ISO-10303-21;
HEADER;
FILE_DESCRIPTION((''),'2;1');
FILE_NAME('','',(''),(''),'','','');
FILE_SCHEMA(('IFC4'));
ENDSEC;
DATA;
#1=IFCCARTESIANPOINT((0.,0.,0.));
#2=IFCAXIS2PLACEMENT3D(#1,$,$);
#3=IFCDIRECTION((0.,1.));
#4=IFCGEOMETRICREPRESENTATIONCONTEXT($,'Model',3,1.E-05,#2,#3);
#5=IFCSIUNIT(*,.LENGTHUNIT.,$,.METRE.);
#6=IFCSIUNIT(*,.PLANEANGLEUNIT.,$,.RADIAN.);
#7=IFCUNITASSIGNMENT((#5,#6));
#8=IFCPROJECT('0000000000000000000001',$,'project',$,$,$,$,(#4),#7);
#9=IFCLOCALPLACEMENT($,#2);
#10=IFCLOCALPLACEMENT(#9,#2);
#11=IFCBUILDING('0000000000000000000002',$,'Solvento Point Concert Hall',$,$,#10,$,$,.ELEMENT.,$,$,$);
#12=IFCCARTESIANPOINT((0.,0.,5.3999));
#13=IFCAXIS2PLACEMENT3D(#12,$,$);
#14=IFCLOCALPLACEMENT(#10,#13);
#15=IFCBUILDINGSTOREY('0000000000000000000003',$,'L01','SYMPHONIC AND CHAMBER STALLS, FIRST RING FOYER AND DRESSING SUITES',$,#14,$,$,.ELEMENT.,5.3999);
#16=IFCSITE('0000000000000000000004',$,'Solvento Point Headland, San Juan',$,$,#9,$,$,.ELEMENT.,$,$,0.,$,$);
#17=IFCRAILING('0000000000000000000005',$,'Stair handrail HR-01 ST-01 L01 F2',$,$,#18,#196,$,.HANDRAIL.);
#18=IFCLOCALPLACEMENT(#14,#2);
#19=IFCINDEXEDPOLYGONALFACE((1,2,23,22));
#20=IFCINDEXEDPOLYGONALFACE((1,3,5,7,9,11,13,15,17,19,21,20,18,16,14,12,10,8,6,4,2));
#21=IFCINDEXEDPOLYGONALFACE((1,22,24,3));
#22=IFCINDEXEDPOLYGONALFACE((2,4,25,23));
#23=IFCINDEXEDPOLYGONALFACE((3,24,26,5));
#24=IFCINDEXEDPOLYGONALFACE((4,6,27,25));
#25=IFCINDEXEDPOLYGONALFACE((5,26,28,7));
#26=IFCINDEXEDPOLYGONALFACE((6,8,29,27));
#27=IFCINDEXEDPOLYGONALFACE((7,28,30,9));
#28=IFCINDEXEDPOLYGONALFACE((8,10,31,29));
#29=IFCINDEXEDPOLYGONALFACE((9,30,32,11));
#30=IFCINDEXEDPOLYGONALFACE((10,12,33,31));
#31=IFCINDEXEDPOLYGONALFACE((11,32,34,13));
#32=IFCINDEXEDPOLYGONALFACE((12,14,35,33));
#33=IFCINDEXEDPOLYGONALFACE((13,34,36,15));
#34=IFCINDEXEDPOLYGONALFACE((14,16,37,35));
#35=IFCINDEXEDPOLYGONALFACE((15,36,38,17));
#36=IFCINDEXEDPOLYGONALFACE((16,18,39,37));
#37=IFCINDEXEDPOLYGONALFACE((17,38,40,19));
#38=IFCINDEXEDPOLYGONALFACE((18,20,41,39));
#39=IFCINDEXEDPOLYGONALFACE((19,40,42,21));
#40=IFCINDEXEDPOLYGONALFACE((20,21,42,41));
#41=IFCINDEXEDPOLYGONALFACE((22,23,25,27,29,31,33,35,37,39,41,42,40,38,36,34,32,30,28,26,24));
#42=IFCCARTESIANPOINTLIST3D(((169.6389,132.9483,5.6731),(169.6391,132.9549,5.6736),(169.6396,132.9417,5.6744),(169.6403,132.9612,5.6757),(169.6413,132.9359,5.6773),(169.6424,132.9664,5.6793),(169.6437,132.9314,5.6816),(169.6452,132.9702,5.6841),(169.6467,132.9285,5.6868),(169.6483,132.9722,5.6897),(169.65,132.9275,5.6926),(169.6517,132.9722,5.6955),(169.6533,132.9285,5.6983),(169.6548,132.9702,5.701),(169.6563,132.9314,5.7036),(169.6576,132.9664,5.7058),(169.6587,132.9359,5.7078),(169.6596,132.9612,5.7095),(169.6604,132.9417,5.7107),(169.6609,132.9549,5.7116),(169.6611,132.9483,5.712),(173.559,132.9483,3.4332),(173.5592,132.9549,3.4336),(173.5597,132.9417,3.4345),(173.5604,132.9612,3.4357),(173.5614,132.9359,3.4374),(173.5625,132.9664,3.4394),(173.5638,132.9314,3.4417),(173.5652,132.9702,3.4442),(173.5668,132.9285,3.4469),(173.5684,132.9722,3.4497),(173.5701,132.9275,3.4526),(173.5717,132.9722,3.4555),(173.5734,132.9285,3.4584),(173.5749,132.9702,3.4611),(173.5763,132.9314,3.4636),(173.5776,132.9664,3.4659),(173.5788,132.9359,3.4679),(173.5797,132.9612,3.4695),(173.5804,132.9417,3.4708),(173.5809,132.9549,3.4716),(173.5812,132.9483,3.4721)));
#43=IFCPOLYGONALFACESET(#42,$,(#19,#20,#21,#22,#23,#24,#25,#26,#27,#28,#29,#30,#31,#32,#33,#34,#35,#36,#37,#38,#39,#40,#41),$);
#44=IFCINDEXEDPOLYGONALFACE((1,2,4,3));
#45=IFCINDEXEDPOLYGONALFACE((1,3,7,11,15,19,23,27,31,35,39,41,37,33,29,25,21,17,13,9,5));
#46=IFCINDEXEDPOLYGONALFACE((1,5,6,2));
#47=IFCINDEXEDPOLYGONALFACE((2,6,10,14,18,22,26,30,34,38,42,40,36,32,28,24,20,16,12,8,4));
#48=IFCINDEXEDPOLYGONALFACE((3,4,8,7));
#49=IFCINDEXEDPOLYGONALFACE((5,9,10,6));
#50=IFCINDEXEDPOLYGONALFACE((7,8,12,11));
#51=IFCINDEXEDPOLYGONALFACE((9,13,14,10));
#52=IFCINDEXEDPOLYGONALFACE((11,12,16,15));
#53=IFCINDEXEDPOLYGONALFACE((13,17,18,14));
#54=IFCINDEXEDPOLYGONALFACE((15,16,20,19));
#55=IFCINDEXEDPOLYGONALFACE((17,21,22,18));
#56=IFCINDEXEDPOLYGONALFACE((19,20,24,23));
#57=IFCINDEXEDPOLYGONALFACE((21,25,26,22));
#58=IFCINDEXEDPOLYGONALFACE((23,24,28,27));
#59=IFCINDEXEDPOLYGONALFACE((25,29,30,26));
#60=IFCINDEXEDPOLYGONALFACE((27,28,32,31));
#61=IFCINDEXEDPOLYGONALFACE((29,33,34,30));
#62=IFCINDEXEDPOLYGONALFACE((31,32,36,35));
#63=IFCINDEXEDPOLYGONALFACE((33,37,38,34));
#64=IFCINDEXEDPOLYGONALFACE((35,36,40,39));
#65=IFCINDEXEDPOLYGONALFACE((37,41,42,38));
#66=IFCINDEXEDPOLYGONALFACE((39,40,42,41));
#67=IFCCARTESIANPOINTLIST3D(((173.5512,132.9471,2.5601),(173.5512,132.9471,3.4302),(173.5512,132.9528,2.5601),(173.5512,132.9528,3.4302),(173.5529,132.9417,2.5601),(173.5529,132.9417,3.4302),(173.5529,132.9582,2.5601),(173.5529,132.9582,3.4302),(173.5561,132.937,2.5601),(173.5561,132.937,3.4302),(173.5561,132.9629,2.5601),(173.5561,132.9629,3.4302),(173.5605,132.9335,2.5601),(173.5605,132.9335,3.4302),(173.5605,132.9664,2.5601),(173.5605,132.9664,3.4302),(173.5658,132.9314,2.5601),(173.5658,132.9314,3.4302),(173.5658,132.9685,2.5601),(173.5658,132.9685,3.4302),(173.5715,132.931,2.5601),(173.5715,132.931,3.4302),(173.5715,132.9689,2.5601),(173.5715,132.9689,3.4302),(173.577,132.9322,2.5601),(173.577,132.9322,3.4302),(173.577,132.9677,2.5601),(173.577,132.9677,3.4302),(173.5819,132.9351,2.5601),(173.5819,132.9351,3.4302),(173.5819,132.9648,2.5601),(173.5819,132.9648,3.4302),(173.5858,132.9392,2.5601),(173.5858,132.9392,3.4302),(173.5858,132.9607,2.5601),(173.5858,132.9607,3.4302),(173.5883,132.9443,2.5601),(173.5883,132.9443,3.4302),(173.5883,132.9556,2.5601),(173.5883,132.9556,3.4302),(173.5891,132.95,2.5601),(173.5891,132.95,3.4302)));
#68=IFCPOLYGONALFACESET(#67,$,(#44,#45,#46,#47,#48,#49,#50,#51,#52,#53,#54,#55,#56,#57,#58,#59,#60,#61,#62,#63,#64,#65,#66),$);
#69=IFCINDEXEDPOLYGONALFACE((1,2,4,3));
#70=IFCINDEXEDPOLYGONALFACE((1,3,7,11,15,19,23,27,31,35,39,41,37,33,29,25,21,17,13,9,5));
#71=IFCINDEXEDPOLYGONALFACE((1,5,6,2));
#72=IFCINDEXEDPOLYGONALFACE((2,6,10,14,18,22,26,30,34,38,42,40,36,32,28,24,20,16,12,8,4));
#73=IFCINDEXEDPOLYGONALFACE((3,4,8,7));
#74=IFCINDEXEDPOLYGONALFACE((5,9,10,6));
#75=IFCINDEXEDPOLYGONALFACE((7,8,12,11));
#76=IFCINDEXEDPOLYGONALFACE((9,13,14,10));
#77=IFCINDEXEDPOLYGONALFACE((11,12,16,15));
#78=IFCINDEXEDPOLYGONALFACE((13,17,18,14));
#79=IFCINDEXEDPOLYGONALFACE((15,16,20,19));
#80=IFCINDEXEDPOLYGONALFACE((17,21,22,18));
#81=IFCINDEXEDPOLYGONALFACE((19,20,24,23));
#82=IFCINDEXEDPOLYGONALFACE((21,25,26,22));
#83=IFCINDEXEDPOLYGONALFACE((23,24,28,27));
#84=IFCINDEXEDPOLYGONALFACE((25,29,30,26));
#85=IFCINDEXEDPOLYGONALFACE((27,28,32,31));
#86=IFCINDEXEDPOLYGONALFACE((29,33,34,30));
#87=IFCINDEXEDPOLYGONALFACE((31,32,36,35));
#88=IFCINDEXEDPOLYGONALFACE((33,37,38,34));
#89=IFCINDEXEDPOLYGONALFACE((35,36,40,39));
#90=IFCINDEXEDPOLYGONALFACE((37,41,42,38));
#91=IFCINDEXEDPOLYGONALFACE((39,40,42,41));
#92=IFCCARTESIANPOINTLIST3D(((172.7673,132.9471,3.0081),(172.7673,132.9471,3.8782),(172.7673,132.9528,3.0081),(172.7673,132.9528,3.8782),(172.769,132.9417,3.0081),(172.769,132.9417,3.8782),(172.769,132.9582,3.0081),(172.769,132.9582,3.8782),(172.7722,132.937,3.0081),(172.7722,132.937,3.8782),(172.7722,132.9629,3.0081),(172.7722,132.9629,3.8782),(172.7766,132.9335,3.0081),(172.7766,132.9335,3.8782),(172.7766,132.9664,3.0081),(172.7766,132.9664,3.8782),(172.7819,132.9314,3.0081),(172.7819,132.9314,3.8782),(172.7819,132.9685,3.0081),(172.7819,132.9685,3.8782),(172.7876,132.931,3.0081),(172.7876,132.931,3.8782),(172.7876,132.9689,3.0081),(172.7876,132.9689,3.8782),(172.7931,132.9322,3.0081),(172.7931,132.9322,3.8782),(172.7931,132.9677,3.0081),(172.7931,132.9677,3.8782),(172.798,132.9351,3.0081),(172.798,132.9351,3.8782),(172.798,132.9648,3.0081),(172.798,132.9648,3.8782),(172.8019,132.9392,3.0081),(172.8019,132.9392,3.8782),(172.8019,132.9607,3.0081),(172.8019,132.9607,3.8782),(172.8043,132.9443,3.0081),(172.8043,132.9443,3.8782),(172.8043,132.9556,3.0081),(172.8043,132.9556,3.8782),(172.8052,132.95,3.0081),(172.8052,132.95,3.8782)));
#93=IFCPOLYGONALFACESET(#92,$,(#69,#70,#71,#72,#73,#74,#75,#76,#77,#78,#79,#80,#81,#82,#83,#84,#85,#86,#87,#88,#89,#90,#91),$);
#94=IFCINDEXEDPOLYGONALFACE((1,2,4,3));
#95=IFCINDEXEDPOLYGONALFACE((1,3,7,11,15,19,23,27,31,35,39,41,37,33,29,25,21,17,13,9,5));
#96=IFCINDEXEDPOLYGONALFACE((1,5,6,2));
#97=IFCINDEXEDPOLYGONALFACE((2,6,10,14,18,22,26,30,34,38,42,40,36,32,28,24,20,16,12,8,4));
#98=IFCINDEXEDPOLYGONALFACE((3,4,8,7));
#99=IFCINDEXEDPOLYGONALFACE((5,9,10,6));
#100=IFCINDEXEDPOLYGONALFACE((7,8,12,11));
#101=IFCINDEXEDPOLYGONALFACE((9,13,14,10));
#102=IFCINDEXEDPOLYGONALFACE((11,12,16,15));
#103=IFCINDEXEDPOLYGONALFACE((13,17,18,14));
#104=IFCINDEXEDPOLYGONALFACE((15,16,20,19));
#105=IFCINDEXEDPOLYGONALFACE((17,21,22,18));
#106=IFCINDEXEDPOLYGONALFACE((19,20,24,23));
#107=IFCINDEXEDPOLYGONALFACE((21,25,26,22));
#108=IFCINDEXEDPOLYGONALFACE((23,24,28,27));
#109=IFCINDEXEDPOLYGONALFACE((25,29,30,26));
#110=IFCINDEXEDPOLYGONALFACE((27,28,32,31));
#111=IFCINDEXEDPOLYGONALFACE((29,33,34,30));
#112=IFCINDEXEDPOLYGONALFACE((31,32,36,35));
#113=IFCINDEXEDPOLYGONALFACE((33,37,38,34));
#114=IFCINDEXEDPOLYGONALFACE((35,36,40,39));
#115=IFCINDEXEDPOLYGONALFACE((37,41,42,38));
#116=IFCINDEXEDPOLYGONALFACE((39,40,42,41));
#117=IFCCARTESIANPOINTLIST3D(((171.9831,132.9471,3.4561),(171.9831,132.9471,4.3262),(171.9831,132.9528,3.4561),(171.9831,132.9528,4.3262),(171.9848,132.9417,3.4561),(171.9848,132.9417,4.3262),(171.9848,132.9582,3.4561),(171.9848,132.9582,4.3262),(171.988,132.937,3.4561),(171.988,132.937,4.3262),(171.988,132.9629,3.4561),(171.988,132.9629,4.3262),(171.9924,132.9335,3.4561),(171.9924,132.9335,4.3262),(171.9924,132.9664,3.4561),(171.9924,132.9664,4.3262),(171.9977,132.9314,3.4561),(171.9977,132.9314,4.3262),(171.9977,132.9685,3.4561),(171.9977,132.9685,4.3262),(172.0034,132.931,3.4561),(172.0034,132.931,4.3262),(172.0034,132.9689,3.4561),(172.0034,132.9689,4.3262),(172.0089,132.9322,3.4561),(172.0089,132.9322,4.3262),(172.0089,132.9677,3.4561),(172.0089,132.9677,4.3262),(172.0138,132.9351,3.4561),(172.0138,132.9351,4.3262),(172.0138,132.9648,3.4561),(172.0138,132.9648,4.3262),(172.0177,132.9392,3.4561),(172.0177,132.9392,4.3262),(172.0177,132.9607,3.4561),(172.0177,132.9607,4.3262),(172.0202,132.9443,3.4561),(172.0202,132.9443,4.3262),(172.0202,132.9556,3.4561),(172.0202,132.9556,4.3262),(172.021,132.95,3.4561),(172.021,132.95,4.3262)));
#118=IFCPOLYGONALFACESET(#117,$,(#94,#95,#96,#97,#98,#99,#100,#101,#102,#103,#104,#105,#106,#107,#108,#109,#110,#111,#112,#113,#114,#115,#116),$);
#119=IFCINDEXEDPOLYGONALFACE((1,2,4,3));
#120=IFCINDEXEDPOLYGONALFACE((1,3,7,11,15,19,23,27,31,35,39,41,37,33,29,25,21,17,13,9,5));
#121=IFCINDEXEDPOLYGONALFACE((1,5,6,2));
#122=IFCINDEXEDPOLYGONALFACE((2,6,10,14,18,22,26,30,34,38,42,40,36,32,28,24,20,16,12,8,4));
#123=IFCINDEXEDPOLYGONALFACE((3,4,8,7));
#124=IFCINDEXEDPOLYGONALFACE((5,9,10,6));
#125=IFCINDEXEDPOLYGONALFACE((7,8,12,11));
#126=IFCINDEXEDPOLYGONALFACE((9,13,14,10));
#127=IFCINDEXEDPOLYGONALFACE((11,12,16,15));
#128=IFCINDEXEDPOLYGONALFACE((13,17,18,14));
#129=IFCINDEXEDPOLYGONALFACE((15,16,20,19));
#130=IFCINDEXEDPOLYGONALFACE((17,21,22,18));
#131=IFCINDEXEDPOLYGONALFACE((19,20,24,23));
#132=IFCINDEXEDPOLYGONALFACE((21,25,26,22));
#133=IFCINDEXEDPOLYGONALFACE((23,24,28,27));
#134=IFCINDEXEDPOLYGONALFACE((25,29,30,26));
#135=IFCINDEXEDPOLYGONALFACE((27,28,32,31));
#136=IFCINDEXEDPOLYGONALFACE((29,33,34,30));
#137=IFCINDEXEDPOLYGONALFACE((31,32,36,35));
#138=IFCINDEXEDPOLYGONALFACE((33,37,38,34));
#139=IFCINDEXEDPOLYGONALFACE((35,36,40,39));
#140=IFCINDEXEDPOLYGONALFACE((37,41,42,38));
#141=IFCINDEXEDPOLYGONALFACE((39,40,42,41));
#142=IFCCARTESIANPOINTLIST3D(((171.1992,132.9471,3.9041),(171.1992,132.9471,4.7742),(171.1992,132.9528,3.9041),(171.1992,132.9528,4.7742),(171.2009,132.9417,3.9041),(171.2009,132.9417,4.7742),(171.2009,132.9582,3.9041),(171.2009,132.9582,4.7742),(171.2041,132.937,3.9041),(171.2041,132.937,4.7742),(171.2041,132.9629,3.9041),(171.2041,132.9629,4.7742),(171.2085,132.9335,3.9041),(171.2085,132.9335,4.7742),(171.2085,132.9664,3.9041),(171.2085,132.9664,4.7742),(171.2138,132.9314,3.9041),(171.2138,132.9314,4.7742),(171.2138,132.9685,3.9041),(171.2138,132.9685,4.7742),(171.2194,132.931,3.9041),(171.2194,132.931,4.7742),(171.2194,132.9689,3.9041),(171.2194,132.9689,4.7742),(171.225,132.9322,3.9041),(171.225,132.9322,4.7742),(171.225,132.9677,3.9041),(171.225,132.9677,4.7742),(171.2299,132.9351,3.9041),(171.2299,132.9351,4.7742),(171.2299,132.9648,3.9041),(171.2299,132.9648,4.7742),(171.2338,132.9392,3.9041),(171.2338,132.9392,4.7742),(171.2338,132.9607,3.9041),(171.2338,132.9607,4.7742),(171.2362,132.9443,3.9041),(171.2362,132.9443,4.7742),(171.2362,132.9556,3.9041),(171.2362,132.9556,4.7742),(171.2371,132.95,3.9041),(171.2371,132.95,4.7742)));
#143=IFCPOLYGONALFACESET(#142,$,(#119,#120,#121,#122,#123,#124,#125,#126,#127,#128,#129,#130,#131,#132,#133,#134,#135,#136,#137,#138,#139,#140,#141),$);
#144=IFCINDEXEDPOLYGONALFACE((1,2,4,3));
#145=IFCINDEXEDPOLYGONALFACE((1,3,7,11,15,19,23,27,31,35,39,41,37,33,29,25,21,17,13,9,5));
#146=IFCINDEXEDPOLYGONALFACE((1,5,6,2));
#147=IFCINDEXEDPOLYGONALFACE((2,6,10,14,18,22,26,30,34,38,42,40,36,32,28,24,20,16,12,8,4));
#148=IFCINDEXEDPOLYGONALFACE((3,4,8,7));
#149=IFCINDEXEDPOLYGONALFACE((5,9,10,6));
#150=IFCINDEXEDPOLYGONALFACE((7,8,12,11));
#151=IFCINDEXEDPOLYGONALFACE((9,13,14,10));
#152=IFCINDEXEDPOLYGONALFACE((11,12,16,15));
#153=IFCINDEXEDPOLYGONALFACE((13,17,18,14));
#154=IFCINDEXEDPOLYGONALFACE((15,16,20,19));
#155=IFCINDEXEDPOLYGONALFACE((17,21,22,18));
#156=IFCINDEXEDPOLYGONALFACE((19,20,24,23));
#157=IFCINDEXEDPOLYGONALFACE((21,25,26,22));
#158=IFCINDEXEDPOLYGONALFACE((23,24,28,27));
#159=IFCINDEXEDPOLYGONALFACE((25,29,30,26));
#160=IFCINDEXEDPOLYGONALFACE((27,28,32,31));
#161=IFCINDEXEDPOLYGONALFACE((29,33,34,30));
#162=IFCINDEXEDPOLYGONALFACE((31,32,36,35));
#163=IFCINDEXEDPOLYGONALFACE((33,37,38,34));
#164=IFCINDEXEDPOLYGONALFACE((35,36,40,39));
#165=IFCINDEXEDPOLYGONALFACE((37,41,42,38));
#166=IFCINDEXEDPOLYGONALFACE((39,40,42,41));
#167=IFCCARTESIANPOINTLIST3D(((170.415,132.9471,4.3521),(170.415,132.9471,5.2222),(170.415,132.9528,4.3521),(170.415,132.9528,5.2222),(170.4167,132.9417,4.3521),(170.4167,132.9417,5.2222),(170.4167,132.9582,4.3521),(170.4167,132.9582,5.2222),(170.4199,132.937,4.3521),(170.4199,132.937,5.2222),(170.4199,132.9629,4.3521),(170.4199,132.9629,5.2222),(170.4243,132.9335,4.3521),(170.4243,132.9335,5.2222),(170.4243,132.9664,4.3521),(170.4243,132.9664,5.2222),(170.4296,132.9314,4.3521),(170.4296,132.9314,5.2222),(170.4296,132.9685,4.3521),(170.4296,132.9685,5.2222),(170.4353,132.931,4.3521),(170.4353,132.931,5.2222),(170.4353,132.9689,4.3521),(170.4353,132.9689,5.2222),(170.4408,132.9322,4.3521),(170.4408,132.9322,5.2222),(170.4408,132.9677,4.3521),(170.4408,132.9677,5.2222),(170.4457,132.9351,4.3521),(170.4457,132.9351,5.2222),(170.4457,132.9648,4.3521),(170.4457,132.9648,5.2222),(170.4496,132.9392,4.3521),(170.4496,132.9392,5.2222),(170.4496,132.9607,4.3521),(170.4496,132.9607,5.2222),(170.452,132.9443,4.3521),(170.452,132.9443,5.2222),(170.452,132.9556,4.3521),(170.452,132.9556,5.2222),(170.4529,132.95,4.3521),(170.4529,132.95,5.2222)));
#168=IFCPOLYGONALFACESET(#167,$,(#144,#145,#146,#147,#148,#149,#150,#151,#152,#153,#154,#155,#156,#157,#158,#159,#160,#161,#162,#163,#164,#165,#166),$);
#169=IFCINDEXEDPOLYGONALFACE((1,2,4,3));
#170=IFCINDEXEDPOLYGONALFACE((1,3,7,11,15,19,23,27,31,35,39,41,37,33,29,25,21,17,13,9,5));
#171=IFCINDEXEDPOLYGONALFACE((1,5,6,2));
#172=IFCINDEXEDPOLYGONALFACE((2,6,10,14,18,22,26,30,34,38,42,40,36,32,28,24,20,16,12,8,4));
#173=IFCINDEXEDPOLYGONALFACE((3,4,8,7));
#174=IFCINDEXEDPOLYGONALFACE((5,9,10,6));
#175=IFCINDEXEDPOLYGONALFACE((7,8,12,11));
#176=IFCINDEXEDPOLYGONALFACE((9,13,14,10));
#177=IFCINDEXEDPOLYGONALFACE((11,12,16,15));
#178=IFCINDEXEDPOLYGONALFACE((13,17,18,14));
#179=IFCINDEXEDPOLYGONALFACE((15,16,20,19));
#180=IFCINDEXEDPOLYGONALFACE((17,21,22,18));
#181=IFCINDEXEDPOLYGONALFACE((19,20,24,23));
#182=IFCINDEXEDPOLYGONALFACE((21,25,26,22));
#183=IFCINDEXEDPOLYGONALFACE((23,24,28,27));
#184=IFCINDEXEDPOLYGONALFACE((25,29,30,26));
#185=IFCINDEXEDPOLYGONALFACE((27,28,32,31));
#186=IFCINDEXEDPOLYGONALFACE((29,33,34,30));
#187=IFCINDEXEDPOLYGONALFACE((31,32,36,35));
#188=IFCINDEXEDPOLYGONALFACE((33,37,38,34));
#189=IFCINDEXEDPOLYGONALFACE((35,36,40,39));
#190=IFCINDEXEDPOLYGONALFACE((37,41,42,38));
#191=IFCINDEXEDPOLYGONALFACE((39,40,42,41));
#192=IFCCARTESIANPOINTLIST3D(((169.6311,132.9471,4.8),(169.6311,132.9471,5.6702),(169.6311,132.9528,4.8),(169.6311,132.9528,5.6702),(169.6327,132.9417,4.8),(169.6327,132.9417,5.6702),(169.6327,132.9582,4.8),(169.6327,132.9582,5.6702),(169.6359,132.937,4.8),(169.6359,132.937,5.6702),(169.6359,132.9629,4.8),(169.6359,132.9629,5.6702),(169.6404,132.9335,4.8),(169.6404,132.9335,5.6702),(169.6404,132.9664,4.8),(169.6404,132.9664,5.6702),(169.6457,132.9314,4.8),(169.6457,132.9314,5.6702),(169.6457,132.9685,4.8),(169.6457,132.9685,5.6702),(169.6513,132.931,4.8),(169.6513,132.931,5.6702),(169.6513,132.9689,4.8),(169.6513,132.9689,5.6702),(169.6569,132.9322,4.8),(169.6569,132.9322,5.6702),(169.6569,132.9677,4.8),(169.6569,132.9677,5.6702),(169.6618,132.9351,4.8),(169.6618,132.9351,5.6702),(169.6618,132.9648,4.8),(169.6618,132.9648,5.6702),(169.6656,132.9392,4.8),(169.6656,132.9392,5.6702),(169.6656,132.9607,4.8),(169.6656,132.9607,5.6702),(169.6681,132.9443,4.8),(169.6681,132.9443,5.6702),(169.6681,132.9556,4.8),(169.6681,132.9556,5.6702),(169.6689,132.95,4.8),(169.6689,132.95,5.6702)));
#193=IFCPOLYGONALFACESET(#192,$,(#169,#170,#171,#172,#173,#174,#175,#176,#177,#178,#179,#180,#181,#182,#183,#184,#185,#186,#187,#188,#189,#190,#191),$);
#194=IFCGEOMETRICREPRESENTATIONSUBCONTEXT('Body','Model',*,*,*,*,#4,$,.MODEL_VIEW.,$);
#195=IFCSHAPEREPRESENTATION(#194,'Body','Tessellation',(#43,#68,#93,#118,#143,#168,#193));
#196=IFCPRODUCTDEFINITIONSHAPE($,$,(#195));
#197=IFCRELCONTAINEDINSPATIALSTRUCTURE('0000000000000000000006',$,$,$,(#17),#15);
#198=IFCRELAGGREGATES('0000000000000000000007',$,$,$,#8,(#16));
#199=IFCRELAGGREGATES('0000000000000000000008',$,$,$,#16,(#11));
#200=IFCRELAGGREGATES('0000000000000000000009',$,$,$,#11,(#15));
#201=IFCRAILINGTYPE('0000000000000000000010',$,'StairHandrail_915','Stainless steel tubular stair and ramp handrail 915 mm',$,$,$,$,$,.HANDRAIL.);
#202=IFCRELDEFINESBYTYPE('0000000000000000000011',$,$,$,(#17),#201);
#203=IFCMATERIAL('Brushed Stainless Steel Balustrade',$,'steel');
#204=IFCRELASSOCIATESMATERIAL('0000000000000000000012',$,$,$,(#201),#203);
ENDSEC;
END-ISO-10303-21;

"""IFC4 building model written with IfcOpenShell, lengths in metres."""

from ifc_helpers import new_model, si_unit, direction, frame, origin, origin_2d, place, context, subcontext, project, spatial, circle, extrude, material, type_object, element, save


model = new_model("IFC4")

# Units and contexts
model_context = context("Model", 3, precision=1e-05, world=origin(), true_north=direction((0.0, 1.0)))
body_context = subcontext(model_context, "Body", "Model", "MODEL_VIEW")
ifc_project = project(units=[si_unit("LENGTHUNIT", "METRE"), si_unit("PLANEANGLEUNIT", "RADIAN")], contexts=[model_context])

# Site, building, storey
site_placement = place(None, origin())
site = spatial("IfcSite", under=ifc_project, at=site_placement, Name="Solvento Point Headland, San Juan", CompositionType="ELEMENT", RefElevation=0.0)
building_placement = place(site_placement, origin())
building = spatial("IfcBuilding", under=site, at=building_placement, Name="Solvento Point Concert Hall", CompositionType="ELEMENT")
storey_placement = place(building_placement, frame((0.0, 0.0, 5.3999)))
storey = spatial("IfcBuildingStorey", under=building, at=storey_placement, Name="L01", Description="SYMPHONIC AND CHAMBER STALLS, FIRST RING FOYER AND DRESSING SUITES", CompositionType="ELEMENT", Elevation=5.3999)

# Railing
ifc_material_1 = material(Name="Brushed Stainless Steel Balustrade", Category="steel")
railing_type_1 = type_object("IfcRailingType", Name="StairHandrail_915", Description="Stainless steel tubular stair and ramp handrail 915 mm", PredefinedType="HANDRAIL", material=ifc_material_1)
railing_1_placement = place(storey_placement, frame((173.5701, 132.95, 2.5601)))
element("IfcRailing", 1, at=railing_1_placement, inside=storey, type_object=railing_type_1, Name="Stair handrail HR-01 ST-01 L01 F2", PredefinedType="HANDRAIL", context=body_context, shape_type="SweptSolid", body=[
    extrude(circle(Radius=0.0225, at=origin_2d()), frame((0.0, 0.0, 0.8926), z_axis=(-0.868253, 0.0, 0.496121), x_axis=(0.0, -1.0, 0.0)), (0.0, 0.0, 1.0), 4.5149),
    extrude(circle(Radius=0.019, at=origin_2d()), origin(), (0.0, 0.0, 1.0), 0.8701),
    extrude(circle(Radius=0.019, at=origin_2d()), frame((-0.7839, 0.0, 0.448)), (0.0, 0.0, 1.0), 0.8701),
    extrude(circle(Radius=0.019, at=origin_2d()), frame((-1.5681, 0.0, 0.896)), (0.0, 0.0, 1.0), 0.8701),
    extrude(circle(Radius=0.019, at=origin_2d()), frame((-2.3521, 0.0, 1.344)), (0.0, 0.0, 1.0), 0.8701),
    extrude(circle(Radius=0.019, at=origin_2d()), frame((-3.1362, 0.0, 1.792)), (0.0, 0.0, 1.0), 0.8701),
    extrude(circle(Radius=0.019, at=origin_2d()), frame((-3.9202, 0.0, 2.24)), (0.0, 0.0, 1.0), 0.8701),
])

save(model, "model.ifc")
